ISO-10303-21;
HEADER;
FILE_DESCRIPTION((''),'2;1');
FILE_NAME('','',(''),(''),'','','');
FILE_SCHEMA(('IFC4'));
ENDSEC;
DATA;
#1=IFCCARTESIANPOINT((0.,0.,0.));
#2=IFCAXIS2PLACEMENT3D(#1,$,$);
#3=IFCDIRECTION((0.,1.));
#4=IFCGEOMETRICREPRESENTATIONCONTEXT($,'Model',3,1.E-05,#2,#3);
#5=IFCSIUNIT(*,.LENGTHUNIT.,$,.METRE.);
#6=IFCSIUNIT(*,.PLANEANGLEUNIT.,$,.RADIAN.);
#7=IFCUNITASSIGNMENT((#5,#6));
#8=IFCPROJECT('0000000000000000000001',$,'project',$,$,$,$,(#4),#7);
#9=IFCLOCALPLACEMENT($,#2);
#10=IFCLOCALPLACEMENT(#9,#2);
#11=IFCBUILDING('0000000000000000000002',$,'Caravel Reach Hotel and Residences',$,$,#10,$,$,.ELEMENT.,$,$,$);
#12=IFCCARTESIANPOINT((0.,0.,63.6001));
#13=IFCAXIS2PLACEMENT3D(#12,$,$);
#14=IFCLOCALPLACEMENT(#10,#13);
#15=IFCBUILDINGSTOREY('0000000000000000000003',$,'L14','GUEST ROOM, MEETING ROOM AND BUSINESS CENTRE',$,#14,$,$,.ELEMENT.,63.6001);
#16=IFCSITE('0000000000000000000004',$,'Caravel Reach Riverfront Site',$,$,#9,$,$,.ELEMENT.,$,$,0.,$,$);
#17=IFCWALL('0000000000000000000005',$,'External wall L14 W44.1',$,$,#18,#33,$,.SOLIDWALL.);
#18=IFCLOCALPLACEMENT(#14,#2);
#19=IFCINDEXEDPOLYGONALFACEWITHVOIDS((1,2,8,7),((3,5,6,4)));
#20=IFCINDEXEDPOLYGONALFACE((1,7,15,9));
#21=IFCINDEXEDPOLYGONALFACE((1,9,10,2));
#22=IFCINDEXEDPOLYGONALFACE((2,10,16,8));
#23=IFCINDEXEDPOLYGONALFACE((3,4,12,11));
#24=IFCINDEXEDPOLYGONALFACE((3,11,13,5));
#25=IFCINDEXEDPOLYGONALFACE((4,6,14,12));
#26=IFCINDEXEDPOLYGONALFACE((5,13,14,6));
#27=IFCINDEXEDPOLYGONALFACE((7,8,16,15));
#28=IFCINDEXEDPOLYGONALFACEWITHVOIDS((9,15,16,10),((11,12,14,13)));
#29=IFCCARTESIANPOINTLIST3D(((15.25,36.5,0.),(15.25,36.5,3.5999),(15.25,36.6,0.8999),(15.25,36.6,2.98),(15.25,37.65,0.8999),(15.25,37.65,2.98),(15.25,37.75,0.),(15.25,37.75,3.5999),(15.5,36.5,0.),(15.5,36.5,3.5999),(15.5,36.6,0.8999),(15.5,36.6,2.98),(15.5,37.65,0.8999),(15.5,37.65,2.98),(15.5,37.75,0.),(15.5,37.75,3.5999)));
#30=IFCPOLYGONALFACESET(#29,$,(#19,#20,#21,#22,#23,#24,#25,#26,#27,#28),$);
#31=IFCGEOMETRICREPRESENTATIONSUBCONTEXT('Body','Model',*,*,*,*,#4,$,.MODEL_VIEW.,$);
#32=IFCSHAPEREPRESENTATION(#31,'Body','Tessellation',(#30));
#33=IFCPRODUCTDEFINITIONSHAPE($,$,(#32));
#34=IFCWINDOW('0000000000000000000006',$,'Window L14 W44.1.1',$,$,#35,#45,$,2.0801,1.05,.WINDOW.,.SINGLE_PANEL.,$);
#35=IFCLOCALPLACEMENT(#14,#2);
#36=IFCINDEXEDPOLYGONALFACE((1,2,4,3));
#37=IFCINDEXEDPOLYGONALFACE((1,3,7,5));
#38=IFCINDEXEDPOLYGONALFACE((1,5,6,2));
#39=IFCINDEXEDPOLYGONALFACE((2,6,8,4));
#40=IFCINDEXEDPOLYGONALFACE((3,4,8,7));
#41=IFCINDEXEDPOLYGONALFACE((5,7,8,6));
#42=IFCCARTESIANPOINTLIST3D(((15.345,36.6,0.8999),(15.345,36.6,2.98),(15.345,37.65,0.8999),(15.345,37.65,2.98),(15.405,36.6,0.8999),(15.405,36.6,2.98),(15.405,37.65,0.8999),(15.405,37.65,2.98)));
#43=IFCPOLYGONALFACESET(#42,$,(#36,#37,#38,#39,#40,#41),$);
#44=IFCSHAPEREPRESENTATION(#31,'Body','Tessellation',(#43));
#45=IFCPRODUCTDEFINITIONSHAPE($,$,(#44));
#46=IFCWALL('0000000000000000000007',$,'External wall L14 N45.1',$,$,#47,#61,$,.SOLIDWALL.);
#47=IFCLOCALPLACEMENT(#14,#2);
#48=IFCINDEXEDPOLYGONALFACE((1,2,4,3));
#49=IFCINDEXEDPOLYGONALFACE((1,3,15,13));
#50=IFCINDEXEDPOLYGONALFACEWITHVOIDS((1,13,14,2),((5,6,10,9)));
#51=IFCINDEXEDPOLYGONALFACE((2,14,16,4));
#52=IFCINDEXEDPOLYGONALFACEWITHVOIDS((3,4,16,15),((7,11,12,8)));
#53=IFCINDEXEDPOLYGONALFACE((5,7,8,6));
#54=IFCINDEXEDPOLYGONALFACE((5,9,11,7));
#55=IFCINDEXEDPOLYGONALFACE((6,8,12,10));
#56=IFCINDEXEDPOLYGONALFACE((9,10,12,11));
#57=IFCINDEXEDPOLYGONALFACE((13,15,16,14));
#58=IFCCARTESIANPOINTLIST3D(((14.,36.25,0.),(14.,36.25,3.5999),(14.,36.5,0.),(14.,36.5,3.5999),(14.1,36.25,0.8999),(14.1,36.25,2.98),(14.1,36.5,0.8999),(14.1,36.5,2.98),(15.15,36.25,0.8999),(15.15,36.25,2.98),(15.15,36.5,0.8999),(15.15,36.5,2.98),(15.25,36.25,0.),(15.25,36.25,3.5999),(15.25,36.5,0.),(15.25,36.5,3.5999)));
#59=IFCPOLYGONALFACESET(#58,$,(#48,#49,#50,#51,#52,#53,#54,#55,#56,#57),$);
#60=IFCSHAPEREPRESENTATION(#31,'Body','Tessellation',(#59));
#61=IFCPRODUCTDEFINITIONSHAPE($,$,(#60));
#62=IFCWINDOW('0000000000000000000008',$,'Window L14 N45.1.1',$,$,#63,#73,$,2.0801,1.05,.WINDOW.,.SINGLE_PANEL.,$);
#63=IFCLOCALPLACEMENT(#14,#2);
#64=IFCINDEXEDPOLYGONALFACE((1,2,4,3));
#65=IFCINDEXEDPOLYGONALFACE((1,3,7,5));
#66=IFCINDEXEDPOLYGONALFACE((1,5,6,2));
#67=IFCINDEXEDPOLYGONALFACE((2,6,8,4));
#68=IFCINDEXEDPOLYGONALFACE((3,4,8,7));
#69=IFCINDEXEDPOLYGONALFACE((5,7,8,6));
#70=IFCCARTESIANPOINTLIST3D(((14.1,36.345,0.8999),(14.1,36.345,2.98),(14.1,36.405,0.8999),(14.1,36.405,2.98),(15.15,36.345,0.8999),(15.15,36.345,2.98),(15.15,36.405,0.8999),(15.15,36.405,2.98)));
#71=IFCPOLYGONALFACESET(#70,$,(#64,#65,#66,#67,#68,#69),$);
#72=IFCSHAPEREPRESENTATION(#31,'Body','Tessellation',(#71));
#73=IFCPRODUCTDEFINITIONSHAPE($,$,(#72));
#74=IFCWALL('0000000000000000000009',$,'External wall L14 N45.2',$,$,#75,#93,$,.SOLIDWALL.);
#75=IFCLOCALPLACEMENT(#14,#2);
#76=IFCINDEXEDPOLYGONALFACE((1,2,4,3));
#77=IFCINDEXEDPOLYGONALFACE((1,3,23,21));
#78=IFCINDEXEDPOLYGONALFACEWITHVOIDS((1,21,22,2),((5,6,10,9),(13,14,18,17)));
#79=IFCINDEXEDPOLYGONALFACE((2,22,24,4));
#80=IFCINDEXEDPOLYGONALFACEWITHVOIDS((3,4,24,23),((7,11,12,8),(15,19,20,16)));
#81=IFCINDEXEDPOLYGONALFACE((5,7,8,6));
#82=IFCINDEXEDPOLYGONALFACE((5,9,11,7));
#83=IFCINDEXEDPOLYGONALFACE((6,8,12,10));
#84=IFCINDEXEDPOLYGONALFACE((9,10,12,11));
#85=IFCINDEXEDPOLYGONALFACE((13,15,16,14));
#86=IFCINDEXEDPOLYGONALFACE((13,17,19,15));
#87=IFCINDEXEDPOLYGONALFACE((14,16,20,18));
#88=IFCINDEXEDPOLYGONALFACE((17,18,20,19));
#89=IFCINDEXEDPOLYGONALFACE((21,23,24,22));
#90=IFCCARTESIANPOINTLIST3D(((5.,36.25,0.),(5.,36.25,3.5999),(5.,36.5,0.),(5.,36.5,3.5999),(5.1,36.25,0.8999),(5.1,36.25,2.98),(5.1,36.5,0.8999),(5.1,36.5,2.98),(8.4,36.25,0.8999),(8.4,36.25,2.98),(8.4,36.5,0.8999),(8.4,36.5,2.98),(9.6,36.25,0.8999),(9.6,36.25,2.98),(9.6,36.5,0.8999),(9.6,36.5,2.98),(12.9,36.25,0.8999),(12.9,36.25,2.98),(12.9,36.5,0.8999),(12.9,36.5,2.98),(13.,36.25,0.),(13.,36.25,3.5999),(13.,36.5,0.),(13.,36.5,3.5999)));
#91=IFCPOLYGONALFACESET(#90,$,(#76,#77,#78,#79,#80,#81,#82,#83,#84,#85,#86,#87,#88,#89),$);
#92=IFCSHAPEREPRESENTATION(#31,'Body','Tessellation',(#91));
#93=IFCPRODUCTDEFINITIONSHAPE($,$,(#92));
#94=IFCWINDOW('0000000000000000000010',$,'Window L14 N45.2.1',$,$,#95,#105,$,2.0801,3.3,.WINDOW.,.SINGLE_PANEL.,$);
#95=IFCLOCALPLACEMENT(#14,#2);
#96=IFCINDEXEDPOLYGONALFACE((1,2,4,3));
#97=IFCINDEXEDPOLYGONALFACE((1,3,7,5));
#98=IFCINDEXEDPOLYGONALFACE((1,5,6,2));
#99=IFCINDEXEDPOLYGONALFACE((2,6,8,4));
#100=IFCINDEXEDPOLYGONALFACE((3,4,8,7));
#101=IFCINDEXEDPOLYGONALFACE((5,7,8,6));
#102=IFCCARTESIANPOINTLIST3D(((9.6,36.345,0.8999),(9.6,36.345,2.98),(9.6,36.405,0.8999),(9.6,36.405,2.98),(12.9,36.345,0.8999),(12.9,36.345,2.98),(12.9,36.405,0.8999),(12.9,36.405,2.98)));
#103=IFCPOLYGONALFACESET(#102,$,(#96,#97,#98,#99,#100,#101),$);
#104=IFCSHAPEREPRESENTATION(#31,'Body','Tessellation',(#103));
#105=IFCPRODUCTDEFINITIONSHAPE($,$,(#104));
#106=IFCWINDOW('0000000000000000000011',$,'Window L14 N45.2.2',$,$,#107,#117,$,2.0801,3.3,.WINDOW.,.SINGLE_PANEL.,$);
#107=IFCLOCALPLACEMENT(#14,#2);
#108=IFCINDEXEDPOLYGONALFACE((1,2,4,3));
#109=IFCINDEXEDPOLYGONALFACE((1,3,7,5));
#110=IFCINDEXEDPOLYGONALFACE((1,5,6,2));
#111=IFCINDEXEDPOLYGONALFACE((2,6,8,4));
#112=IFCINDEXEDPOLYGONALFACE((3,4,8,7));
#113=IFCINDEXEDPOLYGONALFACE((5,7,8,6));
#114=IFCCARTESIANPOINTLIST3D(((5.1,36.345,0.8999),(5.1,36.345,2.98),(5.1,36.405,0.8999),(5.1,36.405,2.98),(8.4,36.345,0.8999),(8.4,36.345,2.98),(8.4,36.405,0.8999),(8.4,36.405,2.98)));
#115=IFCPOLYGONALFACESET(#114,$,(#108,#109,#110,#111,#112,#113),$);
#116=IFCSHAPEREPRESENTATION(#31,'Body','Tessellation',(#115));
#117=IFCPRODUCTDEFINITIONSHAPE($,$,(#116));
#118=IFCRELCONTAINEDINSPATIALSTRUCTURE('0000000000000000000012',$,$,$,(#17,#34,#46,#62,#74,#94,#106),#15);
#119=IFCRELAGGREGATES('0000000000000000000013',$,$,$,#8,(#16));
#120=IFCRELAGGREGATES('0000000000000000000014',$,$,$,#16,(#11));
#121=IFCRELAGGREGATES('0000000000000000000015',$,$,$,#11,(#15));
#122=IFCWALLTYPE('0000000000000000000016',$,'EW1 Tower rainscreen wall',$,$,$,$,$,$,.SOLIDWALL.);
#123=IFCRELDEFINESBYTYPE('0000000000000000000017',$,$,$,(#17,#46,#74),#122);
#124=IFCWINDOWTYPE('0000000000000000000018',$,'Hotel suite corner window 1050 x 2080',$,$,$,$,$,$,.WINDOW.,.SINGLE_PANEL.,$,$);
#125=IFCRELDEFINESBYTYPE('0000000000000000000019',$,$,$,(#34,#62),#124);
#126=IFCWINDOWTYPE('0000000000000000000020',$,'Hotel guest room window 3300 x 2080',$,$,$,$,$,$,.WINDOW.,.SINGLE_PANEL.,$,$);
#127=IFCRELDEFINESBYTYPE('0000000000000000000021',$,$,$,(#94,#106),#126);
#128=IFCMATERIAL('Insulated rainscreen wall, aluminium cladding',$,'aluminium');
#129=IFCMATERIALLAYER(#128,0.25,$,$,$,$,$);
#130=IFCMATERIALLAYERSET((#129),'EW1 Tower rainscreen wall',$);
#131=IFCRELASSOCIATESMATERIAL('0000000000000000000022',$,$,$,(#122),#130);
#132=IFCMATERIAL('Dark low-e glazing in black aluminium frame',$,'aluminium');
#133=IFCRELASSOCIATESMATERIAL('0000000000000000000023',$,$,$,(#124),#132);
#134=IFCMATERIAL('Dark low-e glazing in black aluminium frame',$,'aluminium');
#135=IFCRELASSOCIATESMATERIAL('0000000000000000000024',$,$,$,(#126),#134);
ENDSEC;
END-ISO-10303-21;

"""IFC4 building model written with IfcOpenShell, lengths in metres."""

from ifc_helpers import new_model, si_unit, direction, frame, frame_2d, origin, place, context, subcontext, project, spatial, rectangle, extrude, material, layer, layer_set, type_object, element, fill, save


model = new_model("IFC4")

# Units and contexts
model_context = context("Model", 3, precision=1e-05, world=origin(), true_north=direction((0.0, 1.0)))
body_context = subcontext(model_context, "Body", "Model", "MODEL_VIEW")
ifc_project = project(units=[si_unit("LENGTHUNIT", "METRE"), si_unit("PLANEANGLEUNIT", "RADIAN")], contexts=[model_context])

# Site, building, storey
site_placement = place(None, origin())
site = spatial("IfcSite", under=ifc_project, at=site_placement, Name="Caravel Reach Riverfront Site", CompositionType="ELEMENT", RefElevation=0.0)
building_placement = place(site_placement, origin())
building = spatial("IfcBuilding", under=site, at=building_placement, Name="Caravel Reach Hotel and Residences", CompositionType="ELEMENT")
storey_placement = place(building_placement, frame((0.0, 0.0, 63.6001)))
storey = spatial("IfcBuildingStorey", under=building, at=storey_placement, Name="L14", Description="GUEST ROOM, MEETING ROOM AND BUSINESS CENTRE", CompositionType="ELEMENT", Elevation=63.6001)

# Walls, openings, windows
ifc_material_1 = material(Name="Insulated rainscreen wall, aluminium cladding", Category="aluminium")
ifc_layer = layer(ifc_material_1, 0.25)
ifc_layer_set = layer_set([ifc_layer], Name="EW1 Tower rainscreen wall")
wall_type = type_object("IfcWallType", Name="EW1 Tower rainscreen wall", PredefinedType="SOLIDWALL", material=ifc_layer_set)
ifc_material_2 = material(Name="Dark low-e glazing in black aluminium frame", Category="aluminium")
window_type_1 = type_object("IfcWindowType", Name="Hotel suite corner window 1050 x 2080", PartitioningType="SINGLE_PANEL", PredefinedType="WINDOW", material=ifc_material_2)
wall_1_placement = place(storey_placement, frame((15.375, 37.75, 0.0), z_axis=(0.0, 0.0, 1.0), x_axis=(0.0, -1.0, 0.0)))
wall_1 = element("IfcWall", 1, at=wall_1_placement, inside=storey, type_object=wall_type, Name="External wall L14 W44.1", PredefinedType="SOLIDWALL", context=body_context, shape_type="SweptSolid", body=[
    extrude(rectangle(XDim=1.25, YDim=0.25, at=frame_2d((0.625, 0.0))), origin(), (0.0, 0.0, 1.0), 3.5999),
])
opening_1_placement = place(wall_1_placement, frame((0.1001, 0.0, 0.8999)))
opening_1 = element("IfcOpeningElement", 2, at=opening_1_placement, cuts=wall_1, PredefinedType="OPENING", context=body_context, shape_type="SweptSolid", body=[
    extrude(rectangle(XDim=1.05, YDim=2.0801, at=frame_2d((0.5249, 1.04))), frame((0.0, 0.135, 0.0), z_axis=(0.0, -1.0, 0.0), x_axis=(1.0, 0.0, 0.0)), (0.0, 0.0, 1.0), 0.27),
])
window_1_placement = place(opening_1_placement, origin())
window_1 = element("IfcWindow", 3, at=window_1_placement, inside=storey, type_object=window_type_1, Name="Window L14 W44.1.1", OverallHeight=2.0801, OverallWidth=1.05, PartitioningType="SINGLE_PANEL", PredefinedType="WINDOW", context=body_context, shape_type="SweptSolid", body=[
    extrude(rectangle(XDim=1.05, YDim=2.0801, at=frame_2d((0.5249, 1.04))), frame((0.0, 0.03, 0.0), z_axis=(0.0, -1.0, 0.0), x_axis=(1.0, 0.0, 0.0)), (0.0, 0.0, 1.0), 0.0601),
])
fill(opening_1, window_1)
wall_2_placement = place(storey_placement, frame((15.25, 36.375, 0.0), z_axis=(0.0, 0.0, 1.0), x_axis=(-1.0, 0.0, 0.0)))
wall_2 = element("IfcWall", 4, at=wall_2_placement, inside=storey, type_object=wall_type, Name="External wall L14 N45.1", PredefinedType="SOLIDWALL", context=body_context, shape_type="SweptSolid", body=[
    extrude(rectangle(XDim=1.25, YDim=0.25, at=frame_2d((0.625, 0.0))), origin(), (0.0, 0.0, 1.0), 3.5999),
])
opening_2_placement = place(wall_2_placement, frame((0.1001, 0.0, 0.8999)))
opening_2 = element("IfcOpeningElement", 5, at=opening_2_placement, cuts=wall_2, PredefinedType="OPENING", context=body_context, shape_type="SweptSolid", body=[
    extrude(rectangle(XDim=1.05, YDim=2.0801, at=frame_2d((0.5249, 1.04))), frame((0.0, 0.135, 0.0), z_axis=(0.0, -1.0, 0.0), x_axis=(1.0, 0.0, 0.0)), (0.0, 0.0, 1.0), 0.27),
])
window_2_placement = place(opening_2_placement, origin())
window_2 = element("IfcWindow", 6, at=window_2_placement, inside=storey, type_object=window_type_1, Name="Window L14 N45.1.1", OverallHeight=2.0801, OverallWidth=1.05, PartitioningType="SINGLE_PANEL", PredefinedType="WINDOW", context=body_context, shape_type="SweptSolid", body=[
    extrude(rectangle(XDim=1.05, YDim=2.0801, at=frame_2d((0.5249, 1.04))), frame((0.0, 0.03, 0.0), z_axis=(0.0, -1.0, 0.0), x_axis=(1.0, 0.0, 0.0)), (0.0, 0.0, 1.0), 0.0601),
])
fill(opening_2, window_2)

# Wall, openings, windows
wall_3_placement = place(storey_placement, frame((13.0, 36.375, 0.0), z_axis=(0.0, 0.0, 1.0), x_axis=(-1.0, 0.0, 0.0)))
wall_3 = element("IfcWall", 7, at=wall_3_placement, inside=storey, type_object=wall_type, Name="External wall L14 N45.2", PredefinedType="SOLIDWALL", context=body_context, shape_type="SweptSolid", body=[
    extrude(rectangle(XDim=8.0, YDim=0.25, at=frame_2d((4.0, 0.0))), origin(), (0.0, 0.0, 1.0), 3.5999),
])
opening_3_placement = place(wall_3_placement, frame((0.1001, 0.0, 0.8999)))
opening_3 = element("IfcOpeningElement", 8, at=opening_3_placement, cuts=wall_3, PredefinedType="OPENING", context=body_context, shape_type="SweptSolid", body=[
    extrude(rectangle(XDim=3.3, YDim=2.0801, at=frame_2d((1.6499, 1.04))), frame((0.0, 0.135, 0.0), z_axis=(0.0, -1.0, 0.0), x_axis=(1.0, 0.0, 0.0)), (0.0, 0.0, 1.0), 0.27),
])
opening_4_placement = place(wall_3_placement, frame((4.6001, 0.0, 0.8999)))
opening_4 = element("IfcOpeningElement", 9, at=opening_4_placement, cuts=wall_3, PredefinedType="OPENING", context=body_context, shape_type="SweptSolid", body=[
    extrude(rectangle(XDim=3.3, YDim=2.0801, at=frame_2d((1.6499, 1.04))), frame((0.0, 0.135, 0.0), z_axis=(0.0, -1.0, 0.0), x_axis=(1.0, 0.0, 0.0)), (0.0, 0.0, 1.0), 0.27),
])
ifc_material_3 = material(Name="Dark low-e glazing in black aluminium frame", Category="aluminium")
window_type_2 = type_object("IfcWindowType", Name="Hotel guest room window 3300 x 2080", PartitioningType="SINGLE_PANEL", PredefinedType="WINDOW", material=ifc_material_3)
window_3_placement = place(opening_3_placement, origin())
window_3 = element("IfcWindow", 10, at=window_3_placement, inside=storey, type_object=window_type_2, Name="Window L14 N45.2.1", OverallHeight=2.0801, OverallWidth=3.3, PartitioningType="SINGLE_PANEL", PredefinedType="WINDOW", context=body_context, shape_type="SweptSolid", body=[
    extrude(rectangle(XDim=3.3, YDim=2.0801, at=frame_2d((1.6499, 1.04))), frame((0.0, 0.03, 0.0), z_axis=(0.0, -1.0, 0.0), x_axis=(1.0, 0.0, 0.0)), (0.0, 0.0, 1.0), 0.0601),
])
fill(opening_3, window_3)
window_4_placement = place(opening_4_placement, origin())
window_4 = element("IfcWindow", 11, at=window_4_placement, inside=storey, type_object=window_type_2, Name="Window L14 N45.2.2", OverallHeight=2.0801, OverallWidth=3.3, PartitioningType="SINGLE_PANEL", PredefinedType="WINDOW", context=body_context, shape_type="SweptSolid", body=[
    extrude(rectangle(XDim=3.3, YDim=2.0801, at=frame_2d((1.6499, 1.04))), frame((0.0, 0.03, 0.0), z_axis=(0.0, -1.0, 0.0), x_axis=(1.0, 0.0, 0.0)), (0.0, 0.0, 1.0), 0.0601),
])
fill(opening_4, window_4)

save(model, "model.ifc")
